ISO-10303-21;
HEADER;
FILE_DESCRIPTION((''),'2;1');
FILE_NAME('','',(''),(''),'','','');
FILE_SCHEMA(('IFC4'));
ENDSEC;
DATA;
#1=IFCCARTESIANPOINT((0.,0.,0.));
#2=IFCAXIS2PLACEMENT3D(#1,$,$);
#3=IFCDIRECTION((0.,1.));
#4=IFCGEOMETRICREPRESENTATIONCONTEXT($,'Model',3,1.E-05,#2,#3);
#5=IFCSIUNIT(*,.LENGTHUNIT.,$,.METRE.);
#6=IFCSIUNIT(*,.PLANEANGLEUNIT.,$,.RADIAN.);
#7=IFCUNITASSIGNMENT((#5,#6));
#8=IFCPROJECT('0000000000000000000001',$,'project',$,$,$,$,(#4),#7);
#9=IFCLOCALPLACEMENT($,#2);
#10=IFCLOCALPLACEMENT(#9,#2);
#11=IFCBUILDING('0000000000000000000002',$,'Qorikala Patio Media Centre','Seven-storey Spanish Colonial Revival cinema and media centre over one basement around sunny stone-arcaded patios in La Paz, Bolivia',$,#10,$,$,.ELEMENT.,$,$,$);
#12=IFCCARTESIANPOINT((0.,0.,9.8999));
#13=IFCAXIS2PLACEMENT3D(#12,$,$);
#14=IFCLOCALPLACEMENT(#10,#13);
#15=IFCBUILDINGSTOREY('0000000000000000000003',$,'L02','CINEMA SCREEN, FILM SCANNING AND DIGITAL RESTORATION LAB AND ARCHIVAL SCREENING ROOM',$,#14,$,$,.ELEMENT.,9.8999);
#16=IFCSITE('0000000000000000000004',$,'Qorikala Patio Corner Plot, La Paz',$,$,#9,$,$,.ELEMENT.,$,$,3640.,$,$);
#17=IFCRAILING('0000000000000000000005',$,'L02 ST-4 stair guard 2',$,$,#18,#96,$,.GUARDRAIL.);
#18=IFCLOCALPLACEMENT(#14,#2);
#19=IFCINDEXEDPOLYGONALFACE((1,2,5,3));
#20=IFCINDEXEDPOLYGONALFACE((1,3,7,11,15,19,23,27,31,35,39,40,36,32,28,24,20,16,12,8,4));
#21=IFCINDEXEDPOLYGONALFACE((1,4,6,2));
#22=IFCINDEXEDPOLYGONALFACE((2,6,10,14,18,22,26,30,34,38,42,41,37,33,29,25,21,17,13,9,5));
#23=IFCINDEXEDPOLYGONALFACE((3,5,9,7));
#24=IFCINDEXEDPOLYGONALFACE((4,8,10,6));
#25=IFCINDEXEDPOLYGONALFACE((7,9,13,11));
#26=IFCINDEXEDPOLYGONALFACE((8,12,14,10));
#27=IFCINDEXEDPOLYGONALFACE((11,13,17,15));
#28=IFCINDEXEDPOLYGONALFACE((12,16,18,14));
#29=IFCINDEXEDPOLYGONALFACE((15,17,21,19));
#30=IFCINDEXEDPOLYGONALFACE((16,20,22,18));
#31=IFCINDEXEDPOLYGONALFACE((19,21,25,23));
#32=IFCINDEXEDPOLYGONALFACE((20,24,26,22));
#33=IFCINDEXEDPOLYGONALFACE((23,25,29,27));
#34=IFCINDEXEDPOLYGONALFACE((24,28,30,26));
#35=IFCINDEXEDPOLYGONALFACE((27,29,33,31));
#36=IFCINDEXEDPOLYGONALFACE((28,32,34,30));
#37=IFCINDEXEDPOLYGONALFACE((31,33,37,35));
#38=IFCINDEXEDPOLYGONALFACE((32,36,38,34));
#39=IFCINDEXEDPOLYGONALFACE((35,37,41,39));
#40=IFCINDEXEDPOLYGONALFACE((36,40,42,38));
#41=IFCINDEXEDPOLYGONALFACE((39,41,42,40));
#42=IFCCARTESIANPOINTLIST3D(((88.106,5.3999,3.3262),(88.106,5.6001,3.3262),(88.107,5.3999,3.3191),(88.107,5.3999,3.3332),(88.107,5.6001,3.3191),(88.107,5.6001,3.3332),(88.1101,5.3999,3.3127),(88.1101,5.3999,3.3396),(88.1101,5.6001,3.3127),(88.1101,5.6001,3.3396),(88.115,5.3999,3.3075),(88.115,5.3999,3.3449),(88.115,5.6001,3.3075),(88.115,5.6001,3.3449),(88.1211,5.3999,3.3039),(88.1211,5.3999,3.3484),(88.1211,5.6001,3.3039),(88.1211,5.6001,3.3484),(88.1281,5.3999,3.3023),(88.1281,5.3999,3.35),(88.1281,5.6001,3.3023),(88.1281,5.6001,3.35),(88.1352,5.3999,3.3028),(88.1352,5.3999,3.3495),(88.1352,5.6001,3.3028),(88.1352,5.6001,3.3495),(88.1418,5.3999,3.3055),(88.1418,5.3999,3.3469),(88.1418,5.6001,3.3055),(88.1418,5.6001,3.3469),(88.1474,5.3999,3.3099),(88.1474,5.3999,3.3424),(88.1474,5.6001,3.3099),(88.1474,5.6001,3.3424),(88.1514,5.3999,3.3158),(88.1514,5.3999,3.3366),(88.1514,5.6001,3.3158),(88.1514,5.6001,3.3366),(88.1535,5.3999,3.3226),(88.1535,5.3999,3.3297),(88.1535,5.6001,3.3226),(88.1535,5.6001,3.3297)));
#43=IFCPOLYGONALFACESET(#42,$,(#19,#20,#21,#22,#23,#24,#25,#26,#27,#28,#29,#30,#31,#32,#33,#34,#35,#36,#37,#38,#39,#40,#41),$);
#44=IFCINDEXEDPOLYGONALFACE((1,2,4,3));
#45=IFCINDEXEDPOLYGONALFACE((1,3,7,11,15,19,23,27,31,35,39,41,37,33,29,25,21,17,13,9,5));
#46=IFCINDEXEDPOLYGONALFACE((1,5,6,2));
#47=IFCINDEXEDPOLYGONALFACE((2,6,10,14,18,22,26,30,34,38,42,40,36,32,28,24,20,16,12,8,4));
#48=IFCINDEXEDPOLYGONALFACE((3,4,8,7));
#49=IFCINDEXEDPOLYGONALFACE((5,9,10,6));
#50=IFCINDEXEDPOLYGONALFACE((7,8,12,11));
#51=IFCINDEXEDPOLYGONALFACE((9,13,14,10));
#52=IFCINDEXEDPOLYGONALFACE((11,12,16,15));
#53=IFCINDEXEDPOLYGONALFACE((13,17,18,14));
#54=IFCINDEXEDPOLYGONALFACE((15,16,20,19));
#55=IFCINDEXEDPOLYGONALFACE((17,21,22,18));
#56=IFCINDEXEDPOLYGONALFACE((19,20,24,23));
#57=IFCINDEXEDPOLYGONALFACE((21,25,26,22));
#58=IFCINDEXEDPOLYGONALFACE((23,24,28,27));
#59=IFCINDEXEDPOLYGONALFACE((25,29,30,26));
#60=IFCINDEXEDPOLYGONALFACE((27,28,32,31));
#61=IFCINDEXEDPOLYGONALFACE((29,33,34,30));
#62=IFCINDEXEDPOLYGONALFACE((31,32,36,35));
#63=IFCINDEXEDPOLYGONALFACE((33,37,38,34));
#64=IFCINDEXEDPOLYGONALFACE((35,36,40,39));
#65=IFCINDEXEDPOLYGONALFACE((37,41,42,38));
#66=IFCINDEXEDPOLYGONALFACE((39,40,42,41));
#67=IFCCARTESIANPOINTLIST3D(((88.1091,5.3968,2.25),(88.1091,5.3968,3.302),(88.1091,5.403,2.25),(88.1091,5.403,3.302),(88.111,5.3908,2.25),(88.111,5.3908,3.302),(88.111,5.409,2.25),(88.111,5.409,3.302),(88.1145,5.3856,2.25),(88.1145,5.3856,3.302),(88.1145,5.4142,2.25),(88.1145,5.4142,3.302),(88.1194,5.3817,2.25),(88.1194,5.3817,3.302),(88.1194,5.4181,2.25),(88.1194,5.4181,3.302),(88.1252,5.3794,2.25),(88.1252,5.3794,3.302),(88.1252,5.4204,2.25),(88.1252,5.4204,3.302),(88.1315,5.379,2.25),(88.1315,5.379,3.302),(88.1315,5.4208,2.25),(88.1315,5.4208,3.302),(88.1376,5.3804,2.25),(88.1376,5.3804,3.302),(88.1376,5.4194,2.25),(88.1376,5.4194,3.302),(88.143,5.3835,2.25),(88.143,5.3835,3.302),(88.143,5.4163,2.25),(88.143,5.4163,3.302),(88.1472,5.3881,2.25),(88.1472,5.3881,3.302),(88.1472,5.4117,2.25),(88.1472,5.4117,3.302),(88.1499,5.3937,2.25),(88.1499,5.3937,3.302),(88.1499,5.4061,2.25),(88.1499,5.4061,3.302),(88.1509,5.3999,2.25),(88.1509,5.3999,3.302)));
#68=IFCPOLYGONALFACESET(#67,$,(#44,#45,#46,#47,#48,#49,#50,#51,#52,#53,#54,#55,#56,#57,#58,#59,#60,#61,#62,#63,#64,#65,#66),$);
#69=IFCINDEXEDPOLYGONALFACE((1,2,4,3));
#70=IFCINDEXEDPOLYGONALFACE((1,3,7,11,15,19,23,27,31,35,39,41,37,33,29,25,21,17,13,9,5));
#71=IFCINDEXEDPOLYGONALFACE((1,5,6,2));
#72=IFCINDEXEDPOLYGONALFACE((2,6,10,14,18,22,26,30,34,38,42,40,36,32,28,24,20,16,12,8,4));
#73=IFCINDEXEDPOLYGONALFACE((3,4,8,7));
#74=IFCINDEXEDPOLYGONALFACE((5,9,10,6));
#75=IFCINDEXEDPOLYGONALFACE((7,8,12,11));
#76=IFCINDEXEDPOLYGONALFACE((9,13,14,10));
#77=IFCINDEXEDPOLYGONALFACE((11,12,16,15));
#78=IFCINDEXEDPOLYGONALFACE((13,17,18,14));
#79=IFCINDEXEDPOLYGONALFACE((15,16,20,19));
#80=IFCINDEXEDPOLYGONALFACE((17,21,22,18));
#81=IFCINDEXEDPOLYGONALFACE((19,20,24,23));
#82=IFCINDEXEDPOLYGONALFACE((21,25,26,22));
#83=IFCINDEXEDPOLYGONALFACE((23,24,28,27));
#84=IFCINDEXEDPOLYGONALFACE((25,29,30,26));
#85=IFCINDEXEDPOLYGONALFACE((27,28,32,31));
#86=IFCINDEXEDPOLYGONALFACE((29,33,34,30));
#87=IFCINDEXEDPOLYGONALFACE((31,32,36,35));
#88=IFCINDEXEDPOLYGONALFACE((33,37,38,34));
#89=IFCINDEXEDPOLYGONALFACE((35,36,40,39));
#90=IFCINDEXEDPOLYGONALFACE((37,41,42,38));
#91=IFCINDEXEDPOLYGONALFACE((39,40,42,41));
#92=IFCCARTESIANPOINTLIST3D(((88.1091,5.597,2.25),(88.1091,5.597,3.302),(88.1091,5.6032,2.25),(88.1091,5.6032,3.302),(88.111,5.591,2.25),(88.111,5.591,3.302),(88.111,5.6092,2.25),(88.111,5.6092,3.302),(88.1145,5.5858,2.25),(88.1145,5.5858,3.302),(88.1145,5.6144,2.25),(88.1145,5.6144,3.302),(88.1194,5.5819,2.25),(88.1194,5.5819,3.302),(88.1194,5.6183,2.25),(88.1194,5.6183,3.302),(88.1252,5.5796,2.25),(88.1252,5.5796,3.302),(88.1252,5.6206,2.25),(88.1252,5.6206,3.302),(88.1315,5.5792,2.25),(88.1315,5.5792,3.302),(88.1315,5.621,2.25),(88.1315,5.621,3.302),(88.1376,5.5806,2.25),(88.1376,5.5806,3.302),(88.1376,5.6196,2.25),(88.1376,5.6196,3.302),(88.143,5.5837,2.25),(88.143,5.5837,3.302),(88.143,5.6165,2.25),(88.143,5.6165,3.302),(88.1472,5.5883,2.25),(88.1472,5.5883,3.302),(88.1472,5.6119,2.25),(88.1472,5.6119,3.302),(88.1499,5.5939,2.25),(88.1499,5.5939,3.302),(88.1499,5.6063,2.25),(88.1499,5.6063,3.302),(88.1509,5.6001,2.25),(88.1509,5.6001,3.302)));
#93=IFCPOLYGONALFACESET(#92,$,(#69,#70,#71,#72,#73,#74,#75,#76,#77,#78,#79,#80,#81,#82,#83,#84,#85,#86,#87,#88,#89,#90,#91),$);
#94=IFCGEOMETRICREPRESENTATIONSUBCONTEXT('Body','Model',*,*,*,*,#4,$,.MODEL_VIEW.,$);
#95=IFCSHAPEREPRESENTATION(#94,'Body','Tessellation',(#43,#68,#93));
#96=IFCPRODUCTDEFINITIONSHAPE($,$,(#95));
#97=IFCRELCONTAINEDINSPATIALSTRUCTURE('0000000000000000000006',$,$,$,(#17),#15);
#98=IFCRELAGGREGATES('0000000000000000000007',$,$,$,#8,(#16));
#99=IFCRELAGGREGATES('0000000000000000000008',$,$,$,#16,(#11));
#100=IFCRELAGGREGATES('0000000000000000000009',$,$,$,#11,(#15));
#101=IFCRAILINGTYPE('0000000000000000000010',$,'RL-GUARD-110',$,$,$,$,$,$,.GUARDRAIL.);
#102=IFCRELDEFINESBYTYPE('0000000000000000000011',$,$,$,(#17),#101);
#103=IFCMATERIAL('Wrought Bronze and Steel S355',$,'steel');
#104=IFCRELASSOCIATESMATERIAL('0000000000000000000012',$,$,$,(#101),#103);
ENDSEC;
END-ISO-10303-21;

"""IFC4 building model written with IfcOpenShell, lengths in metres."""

from ifc_helpers import new_model, si_unit, direction, frame, origin, origin_2d, place, context, subcontext, project, spatial, circle, extrude, material, type_object, element, save


model = new_model("IFC4")

# Units and contexts
model_context = context("Model", 3, precision=1e-05, world=origin(), true_north=direction((0.0, 1.0)))
body_context = subcontext(model_context, "Body", "Model", "MODEL_VIEW")
ifc_project = project(units=[si_unit("LENGTHUNIT", "METRE"), si_unit("PLANEANGLEUNIT", "RADIAN")], contexts=[model_context])

# Site, building, storey
site_placement = place(None, origin())
site = spatial("IfcSite", under=ifc_project, at=site_placement, Name="Qorikala Patio Corner Plot, La Paz", CompositionType="ELEMENT", RefElevation=3640.0)
building_placement = place(site_placement, origin())
building = spatial("IfcBuilding", under=site, at=building_placement, Name="Qorikala Patio Media Centre", Description="Seven-storey Spanish Colonial Revival cinema and media centre over one basement around sunny stone-arcaded patios in La Paz, Bolivia", CompositionType="ELEMENT")
storey_placement = place(building_placement, frame((0.0, 0.0, 9.8999)))
storey = spatial("IfcBuildingStorey", under=building, at=storey_placement, Name="L02", Description="CINEMA SCREEN, FILM SCANNING AND DIGITAL RESTORATION LAB AND ARCHIVAL SCREENING ROOM", CompositionType="ELEMENT", Elevation=9.8999)

# Railing
ifc_material_1 = material(Name="Wrought Bronze and Steel S355", Category="steel")
railing_type_1 = type_object("IfcRailingType", Name="RL-GUARD-110", PredefinedType="GUARDRAIL", material=ifc_material_1)
railing_1_placement = place(storey_placement, frame((88.1299, 5.3999, 2.25)))
element("IfcRailing", 1, at=railing_1_placement, inside=storey, type_object=railing_type_1, Name="L02 ST-4 stair guard 2", PredefinedType="GUARDRAIL", context=body_context, shape_type="SweptSolid", body=[
    extrude(circle(Radius=0.0239, at=origin_2d()), frame((0.0, 0.0, 1.0762), z_axis=(0.0, 1.0, 0.0), x_axis=(-1.0, 0.0, 0.0)), (0.0, 0.0, 1.0), 0.2002),
    extrude(circle(Radius=0.021, at=origin_2d()), origin(), (0.0, 0.0, 1.0), 1.052),
    extrude(circle(Radius=0.021, at=origin_2d()), frame((0.0, 0.2002, 0.0)), (0.0, 0.0, 1.0), 1.052),
])

save(model, "model.ifc")
